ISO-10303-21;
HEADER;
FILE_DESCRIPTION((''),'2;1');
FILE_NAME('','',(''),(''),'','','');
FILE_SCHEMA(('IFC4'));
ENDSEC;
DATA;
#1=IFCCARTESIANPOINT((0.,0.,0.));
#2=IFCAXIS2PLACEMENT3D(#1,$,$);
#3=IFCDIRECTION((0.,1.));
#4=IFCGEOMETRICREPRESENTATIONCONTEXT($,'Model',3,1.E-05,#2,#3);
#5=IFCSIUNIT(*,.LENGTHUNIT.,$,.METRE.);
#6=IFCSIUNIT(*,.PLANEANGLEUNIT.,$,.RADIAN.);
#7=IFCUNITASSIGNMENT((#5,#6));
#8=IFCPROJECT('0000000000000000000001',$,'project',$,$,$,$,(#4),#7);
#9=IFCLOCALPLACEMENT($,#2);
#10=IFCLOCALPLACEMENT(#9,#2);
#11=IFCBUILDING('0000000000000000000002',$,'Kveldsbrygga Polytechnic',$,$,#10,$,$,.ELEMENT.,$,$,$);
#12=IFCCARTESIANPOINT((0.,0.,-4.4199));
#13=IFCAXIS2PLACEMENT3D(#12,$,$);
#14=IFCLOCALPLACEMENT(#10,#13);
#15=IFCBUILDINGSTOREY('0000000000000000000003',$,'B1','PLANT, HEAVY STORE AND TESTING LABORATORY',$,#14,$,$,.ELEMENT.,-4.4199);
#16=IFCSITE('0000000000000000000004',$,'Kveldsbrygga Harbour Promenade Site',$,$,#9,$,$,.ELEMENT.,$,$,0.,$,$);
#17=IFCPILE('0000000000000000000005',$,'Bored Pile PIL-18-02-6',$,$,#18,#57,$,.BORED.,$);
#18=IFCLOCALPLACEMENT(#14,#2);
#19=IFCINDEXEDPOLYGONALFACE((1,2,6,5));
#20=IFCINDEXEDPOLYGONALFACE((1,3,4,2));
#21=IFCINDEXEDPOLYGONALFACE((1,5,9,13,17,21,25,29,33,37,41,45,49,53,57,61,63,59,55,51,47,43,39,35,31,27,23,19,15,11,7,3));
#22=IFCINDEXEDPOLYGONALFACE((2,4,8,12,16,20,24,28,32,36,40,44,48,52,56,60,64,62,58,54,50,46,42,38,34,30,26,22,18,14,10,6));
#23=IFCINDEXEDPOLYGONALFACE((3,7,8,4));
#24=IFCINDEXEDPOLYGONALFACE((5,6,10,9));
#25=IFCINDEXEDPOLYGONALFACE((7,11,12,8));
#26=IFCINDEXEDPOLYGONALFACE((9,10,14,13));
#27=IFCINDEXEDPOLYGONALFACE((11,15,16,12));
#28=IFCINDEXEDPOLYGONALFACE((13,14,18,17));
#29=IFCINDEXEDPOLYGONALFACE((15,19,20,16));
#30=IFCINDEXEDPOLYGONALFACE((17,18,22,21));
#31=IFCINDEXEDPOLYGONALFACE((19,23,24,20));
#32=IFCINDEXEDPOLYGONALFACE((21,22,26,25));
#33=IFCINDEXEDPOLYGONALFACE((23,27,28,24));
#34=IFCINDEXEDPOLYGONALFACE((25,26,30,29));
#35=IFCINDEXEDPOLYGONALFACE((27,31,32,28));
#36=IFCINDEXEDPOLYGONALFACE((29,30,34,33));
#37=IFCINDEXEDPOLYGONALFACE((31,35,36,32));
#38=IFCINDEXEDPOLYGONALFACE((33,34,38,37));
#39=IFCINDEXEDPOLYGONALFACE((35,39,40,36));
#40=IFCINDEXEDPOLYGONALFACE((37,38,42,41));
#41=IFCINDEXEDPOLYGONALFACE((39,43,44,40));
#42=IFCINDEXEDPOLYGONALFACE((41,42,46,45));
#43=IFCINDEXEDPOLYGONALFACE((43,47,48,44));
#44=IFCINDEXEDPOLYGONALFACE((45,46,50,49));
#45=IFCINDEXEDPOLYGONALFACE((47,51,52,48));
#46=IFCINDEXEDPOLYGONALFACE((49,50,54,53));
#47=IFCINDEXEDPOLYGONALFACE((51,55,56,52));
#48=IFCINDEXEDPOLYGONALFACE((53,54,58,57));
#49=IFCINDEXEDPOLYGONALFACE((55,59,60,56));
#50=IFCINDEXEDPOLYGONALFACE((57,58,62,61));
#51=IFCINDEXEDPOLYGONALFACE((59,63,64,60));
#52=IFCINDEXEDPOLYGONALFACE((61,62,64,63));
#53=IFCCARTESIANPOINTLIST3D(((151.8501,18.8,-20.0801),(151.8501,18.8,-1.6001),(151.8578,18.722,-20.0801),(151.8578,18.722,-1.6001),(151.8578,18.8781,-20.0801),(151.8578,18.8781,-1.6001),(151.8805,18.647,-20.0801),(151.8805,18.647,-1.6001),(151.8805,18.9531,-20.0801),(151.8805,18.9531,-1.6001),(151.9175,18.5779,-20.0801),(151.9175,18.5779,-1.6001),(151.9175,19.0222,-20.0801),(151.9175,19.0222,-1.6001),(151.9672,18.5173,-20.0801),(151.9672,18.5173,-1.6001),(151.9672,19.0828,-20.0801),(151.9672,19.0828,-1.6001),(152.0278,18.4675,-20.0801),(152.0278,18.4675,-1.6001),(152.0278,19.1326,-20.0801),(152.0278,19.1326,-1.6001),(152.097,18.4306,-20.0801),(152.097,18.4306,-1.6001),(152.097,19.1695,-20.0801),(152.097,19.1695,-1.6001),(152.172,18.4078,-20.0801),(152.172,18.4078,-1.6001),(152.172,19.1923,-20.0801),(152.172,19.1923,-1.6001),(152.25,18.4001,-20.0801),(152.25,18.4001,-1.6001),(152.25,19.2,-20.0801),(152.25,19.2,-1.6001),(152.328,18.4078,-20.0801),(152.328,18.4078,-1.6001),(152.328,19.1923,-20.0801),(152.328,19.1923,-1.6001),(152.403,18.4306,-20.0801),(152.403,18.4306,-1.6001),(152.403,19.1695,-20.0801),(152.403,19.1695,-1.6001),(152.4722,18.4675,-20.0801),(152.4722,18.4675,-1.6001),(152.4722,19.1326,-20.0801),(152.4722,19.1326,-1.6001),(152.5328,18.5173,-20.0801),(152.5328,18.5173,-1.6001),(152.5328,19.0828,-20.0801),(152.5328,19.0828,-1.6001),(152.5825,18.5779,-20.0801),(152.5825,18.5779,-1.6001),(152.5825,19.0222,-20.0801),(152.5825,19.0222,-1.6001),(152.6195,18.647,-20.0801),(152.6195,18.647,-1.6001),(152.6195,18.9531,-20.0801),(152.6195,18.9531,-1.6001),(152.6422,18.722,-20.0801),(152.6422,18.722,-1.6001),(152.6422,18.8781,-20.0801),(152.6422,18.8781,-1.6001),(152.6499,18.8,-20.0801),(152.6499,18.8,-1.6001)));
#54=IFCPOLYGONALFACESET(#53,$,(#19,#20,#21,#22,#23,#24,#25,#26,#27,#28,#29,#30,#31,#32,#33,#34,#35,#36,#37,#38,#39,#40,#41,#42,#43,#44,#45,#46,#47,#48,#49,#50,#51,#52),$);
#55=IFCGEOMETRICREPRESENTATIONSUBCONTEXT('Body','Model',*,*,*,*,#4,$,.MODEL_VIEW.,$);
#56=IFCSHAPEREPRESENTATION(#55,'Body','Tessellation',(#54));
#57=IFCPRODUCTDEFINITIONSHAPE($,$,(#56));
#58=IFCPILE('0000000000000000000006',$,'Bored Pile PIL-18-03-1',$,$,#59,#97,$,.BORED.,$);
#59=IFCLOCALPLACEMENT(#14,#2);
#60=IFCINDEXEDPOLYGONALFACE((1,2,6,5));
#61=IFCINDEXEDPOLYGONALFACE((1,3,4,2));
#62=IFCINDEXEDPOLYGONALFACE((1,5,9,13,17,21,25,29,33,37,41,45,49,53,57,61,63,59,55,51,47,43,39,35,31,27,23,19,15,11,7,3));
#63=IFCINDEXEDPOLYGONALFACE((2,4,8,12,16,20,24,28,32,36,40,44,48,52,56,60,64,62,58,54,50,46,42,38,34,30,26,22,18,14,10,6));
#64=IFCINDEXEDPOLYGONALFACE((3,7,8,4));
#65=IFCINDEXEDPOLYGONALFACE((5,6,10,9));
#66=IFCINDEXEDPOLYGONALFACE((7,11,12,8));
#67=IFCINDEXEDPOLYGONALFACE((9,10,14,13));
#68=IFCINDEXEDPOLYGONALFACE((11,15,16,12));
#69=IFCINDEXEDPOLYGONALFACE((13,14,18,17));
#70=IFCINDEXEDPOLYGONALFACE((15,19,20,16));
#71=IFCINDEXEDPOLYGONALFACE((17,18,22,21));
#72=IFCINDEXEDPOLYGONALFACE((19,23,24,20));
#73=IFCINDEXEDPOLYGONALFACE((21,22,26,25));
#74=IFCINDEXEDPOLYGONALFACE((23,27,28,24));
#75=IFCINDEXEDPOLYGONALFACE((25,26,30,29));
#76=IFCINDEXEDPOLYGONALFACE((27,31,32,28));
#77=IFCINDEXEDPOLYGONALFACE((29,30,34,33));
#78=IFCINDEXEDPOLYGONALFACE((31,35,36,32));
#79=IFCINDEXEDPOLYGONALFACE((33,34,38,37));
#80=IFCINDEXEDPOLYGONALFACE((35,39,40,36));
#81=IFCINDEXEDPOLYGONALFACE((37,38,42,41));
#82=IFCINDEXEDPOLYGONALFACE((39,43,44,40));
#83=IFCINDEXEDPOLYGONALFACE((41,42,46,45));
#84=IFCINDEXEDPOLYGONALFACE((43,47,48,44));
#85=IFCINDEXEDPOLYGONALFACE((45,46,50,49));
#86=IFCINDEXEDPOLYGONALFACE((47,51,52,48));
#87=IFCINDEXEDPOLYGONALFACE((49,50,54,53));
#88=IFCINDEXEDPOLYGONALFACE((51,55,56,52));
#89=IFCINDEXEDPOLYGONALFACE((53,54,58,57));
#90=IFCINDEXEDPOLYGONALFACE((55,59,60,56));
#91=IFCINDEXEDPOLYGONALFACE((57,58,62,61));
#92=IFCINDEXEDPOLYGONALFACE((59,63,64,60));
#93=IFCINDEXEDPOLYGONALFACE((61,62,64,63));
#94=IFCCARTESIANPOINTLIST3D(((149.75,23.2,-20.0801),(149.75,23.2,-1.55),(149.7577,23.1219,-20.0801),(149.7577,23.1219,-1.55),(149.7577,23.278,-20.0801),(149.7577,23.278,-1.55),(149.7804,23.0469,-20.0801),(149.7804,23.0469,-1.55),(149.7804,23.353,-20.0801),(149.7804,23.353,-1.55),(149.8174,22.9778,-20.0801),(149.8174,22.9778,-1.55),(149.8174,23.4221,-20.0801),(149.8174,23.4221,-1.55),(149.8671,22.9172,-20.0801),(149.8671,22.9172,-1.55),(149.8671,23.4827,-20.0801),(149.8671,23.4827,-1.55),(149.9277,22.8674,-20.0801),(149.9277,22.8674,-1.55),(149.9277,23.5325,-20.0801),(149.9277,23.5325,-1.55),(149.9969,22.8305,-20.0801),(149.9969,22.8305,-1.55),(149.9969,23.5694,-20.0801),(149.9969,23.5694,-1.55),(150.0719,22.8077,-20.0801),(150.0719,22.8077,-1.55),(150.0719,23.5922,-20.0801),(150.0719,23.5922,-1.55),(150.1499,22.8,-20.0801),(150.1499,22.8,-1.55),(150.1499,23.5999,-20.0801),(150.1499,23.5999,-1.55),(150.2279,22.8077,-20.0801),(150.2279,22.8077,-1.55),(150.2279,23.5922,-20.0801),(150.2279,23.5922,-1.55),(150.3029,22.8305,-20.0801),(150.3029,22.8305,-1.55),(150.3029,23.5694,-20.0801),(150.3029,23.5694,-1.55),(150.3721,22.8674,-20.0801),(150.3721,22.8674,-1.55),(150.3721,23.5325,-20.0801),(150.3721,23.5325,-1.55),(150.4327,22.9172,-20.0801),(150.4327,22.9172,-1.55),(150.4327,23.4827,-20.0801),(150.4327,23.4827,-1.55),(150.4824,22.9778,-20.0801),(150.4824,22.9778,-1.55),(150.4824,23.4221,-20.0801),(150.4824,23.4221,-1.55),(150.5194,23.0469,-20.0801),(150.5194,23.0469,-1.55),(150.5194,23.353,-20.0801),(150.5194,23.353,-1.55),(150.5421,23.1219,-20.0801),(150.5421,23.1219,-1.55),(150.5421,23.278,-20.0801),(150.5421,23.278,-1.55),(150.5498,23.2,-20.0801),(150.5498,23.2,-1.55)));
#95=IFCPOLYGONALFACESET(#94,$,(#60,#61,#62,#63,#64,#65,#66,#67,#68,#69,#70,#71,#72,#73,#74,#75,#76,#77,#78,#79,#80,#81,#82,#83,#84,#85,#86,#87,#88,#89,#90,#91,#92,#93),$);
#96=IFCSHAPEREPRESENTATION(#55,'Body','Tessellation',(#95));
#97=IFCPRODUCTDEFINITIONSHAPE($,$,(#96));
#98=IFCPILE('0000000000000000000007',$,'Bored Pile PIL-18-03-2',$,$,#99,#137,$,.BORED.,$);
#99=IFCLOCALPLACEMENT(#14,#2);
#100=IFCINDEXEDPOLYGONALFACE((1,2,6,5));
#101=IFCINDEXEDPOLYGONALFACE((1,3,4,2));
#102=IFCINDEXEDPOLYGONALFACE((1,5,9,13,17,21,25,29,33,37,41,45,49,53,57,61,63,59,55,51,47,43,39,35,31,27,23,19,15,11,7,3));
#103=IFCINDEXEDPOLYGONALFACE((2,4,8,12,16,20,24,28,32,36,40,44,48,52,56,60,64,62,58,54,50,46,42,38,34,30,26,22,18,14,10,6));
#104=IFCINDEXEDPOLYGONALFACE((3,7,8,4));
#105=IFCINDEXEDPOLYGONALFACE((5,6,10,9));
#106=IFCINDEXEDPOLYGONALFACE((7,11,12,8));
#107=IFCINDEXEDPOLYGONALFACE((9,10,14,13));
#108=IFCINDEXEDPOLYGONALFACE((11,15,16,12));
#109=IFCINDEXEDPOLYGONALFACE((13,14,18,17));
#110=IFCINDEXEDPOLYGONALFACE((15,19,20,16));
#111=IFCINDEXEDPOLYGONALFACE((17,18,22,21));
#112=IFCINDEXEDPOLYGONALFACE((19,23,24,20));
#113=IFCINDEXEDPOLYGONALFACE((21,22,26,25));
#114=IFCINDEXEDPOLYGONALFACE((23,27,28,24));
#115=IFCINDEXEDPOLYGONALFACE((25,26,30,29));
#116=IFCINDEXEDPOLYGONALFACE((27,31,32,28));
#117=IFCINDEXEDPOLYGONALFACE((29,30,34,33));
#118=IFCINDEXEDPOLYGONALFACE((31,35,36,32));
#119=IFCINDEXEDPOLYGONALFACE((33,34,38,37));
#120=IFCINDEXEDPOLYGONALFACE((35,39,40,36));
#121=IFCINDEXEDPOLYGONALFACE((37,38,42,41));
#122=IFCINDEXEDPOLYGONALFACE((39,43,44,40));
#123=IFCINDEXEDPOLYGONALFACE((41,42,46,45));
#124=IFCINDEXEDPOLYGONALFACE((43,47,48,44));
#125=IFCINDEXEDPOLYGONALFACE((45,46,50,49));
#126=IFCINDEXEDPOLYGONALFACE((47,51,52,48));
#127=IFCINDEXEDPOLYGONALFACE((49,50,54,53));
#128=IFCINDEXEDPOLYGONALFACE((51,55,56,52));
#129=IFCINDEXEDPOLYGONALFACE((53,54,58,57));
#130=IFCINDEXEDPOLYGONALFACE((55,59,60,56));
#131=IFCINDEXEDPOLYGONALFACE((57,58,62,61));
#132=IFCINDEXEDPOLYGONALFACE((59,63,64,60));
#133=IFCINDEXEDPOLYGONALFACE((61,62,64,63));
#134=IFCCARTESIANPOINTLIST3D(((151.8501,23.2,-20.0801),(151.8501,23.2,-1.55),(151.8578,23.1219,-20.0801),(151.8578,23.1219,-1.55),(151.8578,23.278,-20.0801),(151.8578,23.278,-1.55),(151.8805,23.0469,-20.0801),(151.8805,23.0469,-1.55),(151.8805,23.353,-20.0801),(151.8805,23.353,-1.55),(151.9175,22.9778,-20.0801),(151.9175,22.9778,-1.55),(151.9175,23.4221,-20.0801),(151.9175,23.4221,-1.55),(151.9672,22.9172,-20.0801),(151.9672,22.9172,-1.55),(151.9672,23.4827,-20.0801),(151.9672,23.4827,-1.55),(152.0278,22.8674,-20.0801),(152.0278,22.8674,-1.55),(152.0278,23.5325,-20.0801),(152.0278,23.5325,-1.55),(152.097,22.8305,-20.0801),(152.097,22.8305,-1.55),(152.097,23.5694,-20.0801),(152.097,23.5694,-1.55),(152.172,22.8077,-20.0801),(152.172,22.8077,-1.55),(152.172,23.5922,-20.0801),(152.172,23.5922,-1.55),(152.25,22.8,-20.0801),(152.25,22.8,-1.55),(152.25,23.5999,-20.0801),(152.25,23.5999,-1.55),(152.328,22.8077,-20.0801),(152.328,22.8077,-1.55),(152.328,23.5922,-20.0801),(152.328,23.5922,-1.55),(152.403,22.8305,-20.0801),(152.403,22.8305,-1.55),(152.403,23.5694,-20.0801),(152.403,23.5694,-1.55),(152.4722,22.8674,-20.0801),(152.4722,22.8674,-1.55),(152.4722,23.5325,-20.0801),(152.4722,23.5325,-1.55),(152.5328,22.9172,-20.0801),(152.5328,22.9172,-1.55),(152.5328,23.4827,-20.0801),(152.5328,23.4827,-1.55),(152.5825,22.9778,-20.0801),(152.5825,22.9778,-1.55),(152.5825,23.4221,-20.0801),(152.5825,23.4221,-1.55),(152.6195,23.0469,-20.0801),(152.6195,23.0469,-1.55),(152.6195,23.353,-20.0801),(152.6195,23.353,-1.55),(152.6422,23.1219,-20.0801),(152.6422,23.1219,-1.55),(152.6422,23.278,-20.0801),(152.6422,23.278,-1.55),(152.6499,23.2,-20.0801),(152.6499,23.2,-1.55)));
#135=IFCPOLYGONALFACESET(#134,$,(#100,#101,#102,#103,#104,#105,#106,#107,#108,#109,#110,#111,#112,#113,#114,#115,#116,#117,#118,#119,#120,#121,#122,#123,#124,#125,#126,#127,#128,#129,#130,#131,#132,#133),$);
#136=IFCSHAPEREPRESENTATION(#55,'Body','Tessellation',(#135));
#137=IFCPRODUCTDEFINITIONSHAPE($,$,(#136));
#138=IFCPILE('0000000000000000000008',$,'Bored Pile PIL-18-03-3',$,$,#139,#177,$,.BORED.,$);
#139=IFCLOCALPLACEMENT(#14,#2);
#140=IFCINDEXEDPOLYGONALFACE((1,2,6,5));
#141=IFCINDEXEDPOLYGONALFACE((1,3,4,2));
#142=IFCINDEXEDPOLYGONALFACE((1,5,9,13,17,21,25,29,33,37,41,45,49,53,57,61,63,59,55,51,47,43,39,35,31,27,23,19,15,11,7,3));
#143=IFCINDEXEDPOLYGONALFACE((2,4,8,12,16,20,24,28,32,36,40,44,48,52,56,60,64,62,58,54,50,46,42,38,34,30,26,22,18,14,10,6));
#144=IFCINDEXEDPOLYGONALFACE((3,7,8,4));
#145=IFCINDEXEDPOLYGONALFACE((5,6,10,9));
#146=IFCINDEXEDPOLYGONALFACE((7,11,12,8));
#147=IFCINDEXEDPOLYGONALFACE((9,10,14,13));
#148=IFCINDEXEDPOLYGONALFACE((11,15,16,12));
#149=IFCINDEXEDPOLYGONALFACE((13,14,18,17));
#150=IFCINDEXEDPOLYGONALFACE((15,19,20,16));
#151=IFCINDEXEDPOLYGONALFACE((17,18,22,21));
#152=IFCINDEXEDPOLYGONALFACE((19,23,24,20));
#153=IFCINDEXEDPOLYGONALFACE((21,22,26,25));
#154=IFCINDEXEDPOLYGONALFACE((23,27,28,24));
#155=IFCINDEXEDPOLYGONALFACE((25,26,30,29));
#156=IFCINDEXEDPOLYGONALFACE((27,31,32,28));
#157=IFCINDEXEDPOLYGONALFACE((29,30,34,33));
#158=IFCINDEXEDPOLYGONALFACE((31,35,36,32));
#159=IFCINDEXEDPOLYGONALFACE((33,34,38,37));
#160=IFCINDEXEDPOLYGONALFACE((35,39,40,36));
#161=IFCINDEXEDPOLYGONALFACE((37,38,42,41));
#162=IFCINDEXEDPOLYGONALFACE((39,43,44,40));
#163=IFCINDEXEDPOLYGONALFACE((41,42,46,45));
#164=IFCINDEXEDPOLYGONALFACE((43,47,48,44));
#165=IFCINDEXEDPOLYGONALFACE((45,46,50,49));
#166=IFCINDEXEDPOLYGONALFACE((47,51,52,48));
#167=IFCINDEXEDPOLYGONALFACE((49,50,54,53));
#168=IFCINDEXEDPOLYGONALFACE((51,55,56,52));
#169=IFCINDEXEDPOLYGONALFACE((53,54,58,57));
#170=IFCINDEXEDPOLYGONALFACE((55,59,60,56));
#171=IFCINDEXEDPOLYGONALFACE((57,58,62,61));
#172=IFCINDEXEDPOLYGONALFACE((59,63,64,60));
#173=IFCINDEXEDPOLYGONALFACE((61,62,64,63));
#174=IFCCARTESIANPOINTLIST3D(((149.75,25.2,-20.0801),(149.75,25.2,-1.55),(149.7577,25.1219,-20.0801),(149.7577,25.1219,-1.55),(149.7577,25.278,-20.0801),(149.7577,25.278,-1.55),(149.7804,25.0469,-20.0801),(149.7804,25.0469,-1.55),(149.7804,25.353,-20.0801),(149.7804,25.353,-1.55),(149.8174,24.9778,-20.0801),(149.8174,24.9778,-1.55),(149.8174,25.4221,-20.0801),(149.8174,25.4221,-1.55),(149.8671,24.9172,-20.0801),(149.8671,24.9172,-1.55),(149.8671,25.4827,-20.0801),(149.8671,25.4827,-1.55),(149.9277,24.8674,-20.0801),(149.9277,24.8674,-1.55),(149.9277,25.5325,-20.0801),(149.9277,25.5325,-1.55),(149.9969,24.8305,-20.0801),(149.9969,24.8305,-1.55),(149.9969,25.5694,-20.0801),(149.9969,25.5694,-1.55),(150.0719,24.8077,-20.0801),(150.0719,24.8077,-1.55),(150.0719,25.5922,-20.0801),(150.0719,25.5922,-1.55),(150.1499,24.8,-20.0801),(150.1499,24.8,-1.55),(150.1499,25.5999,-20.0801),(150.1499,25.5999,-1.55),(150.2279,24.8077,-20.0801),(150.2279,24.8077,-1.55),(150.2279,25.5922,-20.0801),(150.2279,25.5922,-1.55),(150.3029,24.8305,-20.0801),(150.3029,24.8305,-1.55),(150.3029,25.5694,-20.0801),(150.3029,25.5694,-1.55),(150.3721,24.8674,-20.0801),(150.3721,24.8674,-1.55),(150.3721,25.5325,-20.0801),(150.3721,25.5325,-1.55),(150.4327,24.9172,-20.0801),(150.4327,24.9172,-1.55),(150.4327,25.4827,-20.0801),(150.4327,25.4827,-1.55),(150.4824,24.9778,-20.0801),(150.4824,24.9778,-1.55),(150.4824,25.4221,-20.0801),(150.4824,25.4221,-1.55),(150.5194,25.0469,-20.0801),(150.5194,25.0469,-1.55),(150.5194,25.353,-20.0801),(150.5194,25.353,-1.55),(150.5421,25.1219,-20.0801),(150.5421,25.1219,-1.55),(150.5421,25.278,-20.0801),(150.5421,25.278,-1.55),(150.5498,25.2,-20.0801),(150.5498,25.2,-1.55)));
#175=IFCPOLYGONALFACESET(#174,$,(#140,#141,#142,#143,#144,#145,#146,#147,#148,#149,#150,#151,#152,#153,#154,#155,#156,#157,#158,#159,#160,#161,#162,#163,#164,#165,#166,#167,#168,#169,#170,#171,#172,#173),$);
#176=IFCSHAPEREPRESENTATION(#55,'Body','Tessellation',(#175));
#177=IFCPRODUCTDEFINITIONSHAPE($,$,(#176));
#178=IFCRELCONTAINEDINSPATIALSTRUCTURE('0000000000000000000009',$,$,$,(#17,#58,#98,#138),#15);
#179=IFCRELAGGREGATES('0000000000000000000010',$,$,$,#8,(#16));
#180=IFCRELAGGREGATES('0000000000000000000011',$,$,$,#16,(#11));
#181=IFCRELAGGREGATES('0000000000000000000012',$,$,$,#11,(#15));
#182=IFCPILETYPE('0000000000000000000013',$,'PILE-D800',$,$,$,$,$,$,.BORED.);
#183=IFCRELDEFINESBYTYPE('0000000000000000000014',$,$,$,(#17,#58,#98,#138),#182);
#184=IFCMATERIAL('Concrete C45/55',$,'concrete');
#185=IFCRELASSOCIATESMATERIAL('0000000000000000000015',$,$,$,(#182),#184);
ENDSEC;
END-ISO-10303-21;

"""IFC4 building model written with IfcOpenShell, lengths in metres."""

from ifc_helpers import new_model, si_unit, direction, frame, origin, origin_2d, place, context, subcontext, project, spatial, circle, extrude, material, material_profile, profile_set, type_object, element, save


model = new_model("IFC4")

# Units and contexts
model_context = context("Model", 3, precision=1e-05, world=origin(), true_north=direction((0.0, 1.0)))
body_context = subcontext(model_context, "Body", "Model", "MODEL_VIEW")
ifc_project = project(units=[si_unit("LENGTHUNIT", "METRE"), si_unit("PLANEANGLEUNIT", "RADIAN")], contexts=[model_context])

# Site, building, storey
site_placement = place(None, origin())
site = spatial("IfcSite", under=ifc_project, at=site_placement, Name="Kveldsbrygga Harbour Promenade Site", CompositionType="ELEMENT", RefElevation=0.0)
building_placement = place(site_placement, origin())
building = spatial("IfcBuilding", under=site, at=building_placement, Name="Kveldsbrygga Polytechnic", CompositionType="ELEMENT")
storey_placement = place(building_placement, frame((0.0, 0.0, -4.4199)))
storey = spatial("IfcBuildingStorey", under=building, at=storey_placement, Name="B1", Description="PLANT, HEAVY STORE AND TESTING LABORATORY", CompositionType="ELEMENT", Elevation=-4.4199)

# Shared definitions
ifc_material_1 = material(Name="Concrete C45/55", Category="concrete")

# Piles
ifc_material_profile_1 = material_profile(ifc_material_1, circle(Radius=0.3999, at=origin_2d()), Name="PILE D800")
ifc_profile_set_1 = profile_set([ifc_material_profile_1], Name="Concrete C45/55")
pile_type = type_object("IfcPileType", Name="PILE-D800", PredefinedType="BORED", material=ifc_profile_set_1)
for number, where, z_axis, x_axis, name in (
    (1, (152.25, 18.8, -1.6001), (0.0, 0.0, -1.0), (1.0, 0.0, 0.0), "Bored Pile PIL-18-02-6"),
):
    element("IfcPile", number, at=place(storey_placement, frame(where, z_axis=z_axis, x_axis=x_axis)), inside=storey, type_object=pile_type, Name=name, PredefinedType="BORED", context=body_context, shape_type="SweptSolid", body=[
        extrude(circle(Radius=0.3999, at=origin_2d()), origin(), (0.0, 0.0, 1.0), 18.48),
    ])
for number, where, z_axis, x_axis, name in (
    (2, (150.1499, 23.2, -1.55), (0.0, 0.0, -1.0), (1.0, 0.0, 0.0), "Bored Pile PIL-18-03-1"),
    (3, (152.25, 23.2, -1.55), (0.0, 0.0, -1.0), (1.0, 0.0, 0.0), "Bored Pile PIL-18-03-2"),
    (4, (150.1499, 25.2, -1.55), (0.0, 0.0, -1.0), (1.0, 0.0, 0.0), "Bored Pile PIL-18-03-3"),
):
    element("IfcPile", number, at=place(storey_placement, frame(where, z_axis=z_axis, x_axis=x_axis)), inside=storey, type_object=pile_type, Name=name, PredefinedType="BORED", context=body_context, shape_type="SweptSolid", body=[
        extrude(circle(Radius=0.3999, at=origin_2d()), origin(), (0.0, 0.0, 1.0), 18.53),
    ])

save(model, "model.ifc")
